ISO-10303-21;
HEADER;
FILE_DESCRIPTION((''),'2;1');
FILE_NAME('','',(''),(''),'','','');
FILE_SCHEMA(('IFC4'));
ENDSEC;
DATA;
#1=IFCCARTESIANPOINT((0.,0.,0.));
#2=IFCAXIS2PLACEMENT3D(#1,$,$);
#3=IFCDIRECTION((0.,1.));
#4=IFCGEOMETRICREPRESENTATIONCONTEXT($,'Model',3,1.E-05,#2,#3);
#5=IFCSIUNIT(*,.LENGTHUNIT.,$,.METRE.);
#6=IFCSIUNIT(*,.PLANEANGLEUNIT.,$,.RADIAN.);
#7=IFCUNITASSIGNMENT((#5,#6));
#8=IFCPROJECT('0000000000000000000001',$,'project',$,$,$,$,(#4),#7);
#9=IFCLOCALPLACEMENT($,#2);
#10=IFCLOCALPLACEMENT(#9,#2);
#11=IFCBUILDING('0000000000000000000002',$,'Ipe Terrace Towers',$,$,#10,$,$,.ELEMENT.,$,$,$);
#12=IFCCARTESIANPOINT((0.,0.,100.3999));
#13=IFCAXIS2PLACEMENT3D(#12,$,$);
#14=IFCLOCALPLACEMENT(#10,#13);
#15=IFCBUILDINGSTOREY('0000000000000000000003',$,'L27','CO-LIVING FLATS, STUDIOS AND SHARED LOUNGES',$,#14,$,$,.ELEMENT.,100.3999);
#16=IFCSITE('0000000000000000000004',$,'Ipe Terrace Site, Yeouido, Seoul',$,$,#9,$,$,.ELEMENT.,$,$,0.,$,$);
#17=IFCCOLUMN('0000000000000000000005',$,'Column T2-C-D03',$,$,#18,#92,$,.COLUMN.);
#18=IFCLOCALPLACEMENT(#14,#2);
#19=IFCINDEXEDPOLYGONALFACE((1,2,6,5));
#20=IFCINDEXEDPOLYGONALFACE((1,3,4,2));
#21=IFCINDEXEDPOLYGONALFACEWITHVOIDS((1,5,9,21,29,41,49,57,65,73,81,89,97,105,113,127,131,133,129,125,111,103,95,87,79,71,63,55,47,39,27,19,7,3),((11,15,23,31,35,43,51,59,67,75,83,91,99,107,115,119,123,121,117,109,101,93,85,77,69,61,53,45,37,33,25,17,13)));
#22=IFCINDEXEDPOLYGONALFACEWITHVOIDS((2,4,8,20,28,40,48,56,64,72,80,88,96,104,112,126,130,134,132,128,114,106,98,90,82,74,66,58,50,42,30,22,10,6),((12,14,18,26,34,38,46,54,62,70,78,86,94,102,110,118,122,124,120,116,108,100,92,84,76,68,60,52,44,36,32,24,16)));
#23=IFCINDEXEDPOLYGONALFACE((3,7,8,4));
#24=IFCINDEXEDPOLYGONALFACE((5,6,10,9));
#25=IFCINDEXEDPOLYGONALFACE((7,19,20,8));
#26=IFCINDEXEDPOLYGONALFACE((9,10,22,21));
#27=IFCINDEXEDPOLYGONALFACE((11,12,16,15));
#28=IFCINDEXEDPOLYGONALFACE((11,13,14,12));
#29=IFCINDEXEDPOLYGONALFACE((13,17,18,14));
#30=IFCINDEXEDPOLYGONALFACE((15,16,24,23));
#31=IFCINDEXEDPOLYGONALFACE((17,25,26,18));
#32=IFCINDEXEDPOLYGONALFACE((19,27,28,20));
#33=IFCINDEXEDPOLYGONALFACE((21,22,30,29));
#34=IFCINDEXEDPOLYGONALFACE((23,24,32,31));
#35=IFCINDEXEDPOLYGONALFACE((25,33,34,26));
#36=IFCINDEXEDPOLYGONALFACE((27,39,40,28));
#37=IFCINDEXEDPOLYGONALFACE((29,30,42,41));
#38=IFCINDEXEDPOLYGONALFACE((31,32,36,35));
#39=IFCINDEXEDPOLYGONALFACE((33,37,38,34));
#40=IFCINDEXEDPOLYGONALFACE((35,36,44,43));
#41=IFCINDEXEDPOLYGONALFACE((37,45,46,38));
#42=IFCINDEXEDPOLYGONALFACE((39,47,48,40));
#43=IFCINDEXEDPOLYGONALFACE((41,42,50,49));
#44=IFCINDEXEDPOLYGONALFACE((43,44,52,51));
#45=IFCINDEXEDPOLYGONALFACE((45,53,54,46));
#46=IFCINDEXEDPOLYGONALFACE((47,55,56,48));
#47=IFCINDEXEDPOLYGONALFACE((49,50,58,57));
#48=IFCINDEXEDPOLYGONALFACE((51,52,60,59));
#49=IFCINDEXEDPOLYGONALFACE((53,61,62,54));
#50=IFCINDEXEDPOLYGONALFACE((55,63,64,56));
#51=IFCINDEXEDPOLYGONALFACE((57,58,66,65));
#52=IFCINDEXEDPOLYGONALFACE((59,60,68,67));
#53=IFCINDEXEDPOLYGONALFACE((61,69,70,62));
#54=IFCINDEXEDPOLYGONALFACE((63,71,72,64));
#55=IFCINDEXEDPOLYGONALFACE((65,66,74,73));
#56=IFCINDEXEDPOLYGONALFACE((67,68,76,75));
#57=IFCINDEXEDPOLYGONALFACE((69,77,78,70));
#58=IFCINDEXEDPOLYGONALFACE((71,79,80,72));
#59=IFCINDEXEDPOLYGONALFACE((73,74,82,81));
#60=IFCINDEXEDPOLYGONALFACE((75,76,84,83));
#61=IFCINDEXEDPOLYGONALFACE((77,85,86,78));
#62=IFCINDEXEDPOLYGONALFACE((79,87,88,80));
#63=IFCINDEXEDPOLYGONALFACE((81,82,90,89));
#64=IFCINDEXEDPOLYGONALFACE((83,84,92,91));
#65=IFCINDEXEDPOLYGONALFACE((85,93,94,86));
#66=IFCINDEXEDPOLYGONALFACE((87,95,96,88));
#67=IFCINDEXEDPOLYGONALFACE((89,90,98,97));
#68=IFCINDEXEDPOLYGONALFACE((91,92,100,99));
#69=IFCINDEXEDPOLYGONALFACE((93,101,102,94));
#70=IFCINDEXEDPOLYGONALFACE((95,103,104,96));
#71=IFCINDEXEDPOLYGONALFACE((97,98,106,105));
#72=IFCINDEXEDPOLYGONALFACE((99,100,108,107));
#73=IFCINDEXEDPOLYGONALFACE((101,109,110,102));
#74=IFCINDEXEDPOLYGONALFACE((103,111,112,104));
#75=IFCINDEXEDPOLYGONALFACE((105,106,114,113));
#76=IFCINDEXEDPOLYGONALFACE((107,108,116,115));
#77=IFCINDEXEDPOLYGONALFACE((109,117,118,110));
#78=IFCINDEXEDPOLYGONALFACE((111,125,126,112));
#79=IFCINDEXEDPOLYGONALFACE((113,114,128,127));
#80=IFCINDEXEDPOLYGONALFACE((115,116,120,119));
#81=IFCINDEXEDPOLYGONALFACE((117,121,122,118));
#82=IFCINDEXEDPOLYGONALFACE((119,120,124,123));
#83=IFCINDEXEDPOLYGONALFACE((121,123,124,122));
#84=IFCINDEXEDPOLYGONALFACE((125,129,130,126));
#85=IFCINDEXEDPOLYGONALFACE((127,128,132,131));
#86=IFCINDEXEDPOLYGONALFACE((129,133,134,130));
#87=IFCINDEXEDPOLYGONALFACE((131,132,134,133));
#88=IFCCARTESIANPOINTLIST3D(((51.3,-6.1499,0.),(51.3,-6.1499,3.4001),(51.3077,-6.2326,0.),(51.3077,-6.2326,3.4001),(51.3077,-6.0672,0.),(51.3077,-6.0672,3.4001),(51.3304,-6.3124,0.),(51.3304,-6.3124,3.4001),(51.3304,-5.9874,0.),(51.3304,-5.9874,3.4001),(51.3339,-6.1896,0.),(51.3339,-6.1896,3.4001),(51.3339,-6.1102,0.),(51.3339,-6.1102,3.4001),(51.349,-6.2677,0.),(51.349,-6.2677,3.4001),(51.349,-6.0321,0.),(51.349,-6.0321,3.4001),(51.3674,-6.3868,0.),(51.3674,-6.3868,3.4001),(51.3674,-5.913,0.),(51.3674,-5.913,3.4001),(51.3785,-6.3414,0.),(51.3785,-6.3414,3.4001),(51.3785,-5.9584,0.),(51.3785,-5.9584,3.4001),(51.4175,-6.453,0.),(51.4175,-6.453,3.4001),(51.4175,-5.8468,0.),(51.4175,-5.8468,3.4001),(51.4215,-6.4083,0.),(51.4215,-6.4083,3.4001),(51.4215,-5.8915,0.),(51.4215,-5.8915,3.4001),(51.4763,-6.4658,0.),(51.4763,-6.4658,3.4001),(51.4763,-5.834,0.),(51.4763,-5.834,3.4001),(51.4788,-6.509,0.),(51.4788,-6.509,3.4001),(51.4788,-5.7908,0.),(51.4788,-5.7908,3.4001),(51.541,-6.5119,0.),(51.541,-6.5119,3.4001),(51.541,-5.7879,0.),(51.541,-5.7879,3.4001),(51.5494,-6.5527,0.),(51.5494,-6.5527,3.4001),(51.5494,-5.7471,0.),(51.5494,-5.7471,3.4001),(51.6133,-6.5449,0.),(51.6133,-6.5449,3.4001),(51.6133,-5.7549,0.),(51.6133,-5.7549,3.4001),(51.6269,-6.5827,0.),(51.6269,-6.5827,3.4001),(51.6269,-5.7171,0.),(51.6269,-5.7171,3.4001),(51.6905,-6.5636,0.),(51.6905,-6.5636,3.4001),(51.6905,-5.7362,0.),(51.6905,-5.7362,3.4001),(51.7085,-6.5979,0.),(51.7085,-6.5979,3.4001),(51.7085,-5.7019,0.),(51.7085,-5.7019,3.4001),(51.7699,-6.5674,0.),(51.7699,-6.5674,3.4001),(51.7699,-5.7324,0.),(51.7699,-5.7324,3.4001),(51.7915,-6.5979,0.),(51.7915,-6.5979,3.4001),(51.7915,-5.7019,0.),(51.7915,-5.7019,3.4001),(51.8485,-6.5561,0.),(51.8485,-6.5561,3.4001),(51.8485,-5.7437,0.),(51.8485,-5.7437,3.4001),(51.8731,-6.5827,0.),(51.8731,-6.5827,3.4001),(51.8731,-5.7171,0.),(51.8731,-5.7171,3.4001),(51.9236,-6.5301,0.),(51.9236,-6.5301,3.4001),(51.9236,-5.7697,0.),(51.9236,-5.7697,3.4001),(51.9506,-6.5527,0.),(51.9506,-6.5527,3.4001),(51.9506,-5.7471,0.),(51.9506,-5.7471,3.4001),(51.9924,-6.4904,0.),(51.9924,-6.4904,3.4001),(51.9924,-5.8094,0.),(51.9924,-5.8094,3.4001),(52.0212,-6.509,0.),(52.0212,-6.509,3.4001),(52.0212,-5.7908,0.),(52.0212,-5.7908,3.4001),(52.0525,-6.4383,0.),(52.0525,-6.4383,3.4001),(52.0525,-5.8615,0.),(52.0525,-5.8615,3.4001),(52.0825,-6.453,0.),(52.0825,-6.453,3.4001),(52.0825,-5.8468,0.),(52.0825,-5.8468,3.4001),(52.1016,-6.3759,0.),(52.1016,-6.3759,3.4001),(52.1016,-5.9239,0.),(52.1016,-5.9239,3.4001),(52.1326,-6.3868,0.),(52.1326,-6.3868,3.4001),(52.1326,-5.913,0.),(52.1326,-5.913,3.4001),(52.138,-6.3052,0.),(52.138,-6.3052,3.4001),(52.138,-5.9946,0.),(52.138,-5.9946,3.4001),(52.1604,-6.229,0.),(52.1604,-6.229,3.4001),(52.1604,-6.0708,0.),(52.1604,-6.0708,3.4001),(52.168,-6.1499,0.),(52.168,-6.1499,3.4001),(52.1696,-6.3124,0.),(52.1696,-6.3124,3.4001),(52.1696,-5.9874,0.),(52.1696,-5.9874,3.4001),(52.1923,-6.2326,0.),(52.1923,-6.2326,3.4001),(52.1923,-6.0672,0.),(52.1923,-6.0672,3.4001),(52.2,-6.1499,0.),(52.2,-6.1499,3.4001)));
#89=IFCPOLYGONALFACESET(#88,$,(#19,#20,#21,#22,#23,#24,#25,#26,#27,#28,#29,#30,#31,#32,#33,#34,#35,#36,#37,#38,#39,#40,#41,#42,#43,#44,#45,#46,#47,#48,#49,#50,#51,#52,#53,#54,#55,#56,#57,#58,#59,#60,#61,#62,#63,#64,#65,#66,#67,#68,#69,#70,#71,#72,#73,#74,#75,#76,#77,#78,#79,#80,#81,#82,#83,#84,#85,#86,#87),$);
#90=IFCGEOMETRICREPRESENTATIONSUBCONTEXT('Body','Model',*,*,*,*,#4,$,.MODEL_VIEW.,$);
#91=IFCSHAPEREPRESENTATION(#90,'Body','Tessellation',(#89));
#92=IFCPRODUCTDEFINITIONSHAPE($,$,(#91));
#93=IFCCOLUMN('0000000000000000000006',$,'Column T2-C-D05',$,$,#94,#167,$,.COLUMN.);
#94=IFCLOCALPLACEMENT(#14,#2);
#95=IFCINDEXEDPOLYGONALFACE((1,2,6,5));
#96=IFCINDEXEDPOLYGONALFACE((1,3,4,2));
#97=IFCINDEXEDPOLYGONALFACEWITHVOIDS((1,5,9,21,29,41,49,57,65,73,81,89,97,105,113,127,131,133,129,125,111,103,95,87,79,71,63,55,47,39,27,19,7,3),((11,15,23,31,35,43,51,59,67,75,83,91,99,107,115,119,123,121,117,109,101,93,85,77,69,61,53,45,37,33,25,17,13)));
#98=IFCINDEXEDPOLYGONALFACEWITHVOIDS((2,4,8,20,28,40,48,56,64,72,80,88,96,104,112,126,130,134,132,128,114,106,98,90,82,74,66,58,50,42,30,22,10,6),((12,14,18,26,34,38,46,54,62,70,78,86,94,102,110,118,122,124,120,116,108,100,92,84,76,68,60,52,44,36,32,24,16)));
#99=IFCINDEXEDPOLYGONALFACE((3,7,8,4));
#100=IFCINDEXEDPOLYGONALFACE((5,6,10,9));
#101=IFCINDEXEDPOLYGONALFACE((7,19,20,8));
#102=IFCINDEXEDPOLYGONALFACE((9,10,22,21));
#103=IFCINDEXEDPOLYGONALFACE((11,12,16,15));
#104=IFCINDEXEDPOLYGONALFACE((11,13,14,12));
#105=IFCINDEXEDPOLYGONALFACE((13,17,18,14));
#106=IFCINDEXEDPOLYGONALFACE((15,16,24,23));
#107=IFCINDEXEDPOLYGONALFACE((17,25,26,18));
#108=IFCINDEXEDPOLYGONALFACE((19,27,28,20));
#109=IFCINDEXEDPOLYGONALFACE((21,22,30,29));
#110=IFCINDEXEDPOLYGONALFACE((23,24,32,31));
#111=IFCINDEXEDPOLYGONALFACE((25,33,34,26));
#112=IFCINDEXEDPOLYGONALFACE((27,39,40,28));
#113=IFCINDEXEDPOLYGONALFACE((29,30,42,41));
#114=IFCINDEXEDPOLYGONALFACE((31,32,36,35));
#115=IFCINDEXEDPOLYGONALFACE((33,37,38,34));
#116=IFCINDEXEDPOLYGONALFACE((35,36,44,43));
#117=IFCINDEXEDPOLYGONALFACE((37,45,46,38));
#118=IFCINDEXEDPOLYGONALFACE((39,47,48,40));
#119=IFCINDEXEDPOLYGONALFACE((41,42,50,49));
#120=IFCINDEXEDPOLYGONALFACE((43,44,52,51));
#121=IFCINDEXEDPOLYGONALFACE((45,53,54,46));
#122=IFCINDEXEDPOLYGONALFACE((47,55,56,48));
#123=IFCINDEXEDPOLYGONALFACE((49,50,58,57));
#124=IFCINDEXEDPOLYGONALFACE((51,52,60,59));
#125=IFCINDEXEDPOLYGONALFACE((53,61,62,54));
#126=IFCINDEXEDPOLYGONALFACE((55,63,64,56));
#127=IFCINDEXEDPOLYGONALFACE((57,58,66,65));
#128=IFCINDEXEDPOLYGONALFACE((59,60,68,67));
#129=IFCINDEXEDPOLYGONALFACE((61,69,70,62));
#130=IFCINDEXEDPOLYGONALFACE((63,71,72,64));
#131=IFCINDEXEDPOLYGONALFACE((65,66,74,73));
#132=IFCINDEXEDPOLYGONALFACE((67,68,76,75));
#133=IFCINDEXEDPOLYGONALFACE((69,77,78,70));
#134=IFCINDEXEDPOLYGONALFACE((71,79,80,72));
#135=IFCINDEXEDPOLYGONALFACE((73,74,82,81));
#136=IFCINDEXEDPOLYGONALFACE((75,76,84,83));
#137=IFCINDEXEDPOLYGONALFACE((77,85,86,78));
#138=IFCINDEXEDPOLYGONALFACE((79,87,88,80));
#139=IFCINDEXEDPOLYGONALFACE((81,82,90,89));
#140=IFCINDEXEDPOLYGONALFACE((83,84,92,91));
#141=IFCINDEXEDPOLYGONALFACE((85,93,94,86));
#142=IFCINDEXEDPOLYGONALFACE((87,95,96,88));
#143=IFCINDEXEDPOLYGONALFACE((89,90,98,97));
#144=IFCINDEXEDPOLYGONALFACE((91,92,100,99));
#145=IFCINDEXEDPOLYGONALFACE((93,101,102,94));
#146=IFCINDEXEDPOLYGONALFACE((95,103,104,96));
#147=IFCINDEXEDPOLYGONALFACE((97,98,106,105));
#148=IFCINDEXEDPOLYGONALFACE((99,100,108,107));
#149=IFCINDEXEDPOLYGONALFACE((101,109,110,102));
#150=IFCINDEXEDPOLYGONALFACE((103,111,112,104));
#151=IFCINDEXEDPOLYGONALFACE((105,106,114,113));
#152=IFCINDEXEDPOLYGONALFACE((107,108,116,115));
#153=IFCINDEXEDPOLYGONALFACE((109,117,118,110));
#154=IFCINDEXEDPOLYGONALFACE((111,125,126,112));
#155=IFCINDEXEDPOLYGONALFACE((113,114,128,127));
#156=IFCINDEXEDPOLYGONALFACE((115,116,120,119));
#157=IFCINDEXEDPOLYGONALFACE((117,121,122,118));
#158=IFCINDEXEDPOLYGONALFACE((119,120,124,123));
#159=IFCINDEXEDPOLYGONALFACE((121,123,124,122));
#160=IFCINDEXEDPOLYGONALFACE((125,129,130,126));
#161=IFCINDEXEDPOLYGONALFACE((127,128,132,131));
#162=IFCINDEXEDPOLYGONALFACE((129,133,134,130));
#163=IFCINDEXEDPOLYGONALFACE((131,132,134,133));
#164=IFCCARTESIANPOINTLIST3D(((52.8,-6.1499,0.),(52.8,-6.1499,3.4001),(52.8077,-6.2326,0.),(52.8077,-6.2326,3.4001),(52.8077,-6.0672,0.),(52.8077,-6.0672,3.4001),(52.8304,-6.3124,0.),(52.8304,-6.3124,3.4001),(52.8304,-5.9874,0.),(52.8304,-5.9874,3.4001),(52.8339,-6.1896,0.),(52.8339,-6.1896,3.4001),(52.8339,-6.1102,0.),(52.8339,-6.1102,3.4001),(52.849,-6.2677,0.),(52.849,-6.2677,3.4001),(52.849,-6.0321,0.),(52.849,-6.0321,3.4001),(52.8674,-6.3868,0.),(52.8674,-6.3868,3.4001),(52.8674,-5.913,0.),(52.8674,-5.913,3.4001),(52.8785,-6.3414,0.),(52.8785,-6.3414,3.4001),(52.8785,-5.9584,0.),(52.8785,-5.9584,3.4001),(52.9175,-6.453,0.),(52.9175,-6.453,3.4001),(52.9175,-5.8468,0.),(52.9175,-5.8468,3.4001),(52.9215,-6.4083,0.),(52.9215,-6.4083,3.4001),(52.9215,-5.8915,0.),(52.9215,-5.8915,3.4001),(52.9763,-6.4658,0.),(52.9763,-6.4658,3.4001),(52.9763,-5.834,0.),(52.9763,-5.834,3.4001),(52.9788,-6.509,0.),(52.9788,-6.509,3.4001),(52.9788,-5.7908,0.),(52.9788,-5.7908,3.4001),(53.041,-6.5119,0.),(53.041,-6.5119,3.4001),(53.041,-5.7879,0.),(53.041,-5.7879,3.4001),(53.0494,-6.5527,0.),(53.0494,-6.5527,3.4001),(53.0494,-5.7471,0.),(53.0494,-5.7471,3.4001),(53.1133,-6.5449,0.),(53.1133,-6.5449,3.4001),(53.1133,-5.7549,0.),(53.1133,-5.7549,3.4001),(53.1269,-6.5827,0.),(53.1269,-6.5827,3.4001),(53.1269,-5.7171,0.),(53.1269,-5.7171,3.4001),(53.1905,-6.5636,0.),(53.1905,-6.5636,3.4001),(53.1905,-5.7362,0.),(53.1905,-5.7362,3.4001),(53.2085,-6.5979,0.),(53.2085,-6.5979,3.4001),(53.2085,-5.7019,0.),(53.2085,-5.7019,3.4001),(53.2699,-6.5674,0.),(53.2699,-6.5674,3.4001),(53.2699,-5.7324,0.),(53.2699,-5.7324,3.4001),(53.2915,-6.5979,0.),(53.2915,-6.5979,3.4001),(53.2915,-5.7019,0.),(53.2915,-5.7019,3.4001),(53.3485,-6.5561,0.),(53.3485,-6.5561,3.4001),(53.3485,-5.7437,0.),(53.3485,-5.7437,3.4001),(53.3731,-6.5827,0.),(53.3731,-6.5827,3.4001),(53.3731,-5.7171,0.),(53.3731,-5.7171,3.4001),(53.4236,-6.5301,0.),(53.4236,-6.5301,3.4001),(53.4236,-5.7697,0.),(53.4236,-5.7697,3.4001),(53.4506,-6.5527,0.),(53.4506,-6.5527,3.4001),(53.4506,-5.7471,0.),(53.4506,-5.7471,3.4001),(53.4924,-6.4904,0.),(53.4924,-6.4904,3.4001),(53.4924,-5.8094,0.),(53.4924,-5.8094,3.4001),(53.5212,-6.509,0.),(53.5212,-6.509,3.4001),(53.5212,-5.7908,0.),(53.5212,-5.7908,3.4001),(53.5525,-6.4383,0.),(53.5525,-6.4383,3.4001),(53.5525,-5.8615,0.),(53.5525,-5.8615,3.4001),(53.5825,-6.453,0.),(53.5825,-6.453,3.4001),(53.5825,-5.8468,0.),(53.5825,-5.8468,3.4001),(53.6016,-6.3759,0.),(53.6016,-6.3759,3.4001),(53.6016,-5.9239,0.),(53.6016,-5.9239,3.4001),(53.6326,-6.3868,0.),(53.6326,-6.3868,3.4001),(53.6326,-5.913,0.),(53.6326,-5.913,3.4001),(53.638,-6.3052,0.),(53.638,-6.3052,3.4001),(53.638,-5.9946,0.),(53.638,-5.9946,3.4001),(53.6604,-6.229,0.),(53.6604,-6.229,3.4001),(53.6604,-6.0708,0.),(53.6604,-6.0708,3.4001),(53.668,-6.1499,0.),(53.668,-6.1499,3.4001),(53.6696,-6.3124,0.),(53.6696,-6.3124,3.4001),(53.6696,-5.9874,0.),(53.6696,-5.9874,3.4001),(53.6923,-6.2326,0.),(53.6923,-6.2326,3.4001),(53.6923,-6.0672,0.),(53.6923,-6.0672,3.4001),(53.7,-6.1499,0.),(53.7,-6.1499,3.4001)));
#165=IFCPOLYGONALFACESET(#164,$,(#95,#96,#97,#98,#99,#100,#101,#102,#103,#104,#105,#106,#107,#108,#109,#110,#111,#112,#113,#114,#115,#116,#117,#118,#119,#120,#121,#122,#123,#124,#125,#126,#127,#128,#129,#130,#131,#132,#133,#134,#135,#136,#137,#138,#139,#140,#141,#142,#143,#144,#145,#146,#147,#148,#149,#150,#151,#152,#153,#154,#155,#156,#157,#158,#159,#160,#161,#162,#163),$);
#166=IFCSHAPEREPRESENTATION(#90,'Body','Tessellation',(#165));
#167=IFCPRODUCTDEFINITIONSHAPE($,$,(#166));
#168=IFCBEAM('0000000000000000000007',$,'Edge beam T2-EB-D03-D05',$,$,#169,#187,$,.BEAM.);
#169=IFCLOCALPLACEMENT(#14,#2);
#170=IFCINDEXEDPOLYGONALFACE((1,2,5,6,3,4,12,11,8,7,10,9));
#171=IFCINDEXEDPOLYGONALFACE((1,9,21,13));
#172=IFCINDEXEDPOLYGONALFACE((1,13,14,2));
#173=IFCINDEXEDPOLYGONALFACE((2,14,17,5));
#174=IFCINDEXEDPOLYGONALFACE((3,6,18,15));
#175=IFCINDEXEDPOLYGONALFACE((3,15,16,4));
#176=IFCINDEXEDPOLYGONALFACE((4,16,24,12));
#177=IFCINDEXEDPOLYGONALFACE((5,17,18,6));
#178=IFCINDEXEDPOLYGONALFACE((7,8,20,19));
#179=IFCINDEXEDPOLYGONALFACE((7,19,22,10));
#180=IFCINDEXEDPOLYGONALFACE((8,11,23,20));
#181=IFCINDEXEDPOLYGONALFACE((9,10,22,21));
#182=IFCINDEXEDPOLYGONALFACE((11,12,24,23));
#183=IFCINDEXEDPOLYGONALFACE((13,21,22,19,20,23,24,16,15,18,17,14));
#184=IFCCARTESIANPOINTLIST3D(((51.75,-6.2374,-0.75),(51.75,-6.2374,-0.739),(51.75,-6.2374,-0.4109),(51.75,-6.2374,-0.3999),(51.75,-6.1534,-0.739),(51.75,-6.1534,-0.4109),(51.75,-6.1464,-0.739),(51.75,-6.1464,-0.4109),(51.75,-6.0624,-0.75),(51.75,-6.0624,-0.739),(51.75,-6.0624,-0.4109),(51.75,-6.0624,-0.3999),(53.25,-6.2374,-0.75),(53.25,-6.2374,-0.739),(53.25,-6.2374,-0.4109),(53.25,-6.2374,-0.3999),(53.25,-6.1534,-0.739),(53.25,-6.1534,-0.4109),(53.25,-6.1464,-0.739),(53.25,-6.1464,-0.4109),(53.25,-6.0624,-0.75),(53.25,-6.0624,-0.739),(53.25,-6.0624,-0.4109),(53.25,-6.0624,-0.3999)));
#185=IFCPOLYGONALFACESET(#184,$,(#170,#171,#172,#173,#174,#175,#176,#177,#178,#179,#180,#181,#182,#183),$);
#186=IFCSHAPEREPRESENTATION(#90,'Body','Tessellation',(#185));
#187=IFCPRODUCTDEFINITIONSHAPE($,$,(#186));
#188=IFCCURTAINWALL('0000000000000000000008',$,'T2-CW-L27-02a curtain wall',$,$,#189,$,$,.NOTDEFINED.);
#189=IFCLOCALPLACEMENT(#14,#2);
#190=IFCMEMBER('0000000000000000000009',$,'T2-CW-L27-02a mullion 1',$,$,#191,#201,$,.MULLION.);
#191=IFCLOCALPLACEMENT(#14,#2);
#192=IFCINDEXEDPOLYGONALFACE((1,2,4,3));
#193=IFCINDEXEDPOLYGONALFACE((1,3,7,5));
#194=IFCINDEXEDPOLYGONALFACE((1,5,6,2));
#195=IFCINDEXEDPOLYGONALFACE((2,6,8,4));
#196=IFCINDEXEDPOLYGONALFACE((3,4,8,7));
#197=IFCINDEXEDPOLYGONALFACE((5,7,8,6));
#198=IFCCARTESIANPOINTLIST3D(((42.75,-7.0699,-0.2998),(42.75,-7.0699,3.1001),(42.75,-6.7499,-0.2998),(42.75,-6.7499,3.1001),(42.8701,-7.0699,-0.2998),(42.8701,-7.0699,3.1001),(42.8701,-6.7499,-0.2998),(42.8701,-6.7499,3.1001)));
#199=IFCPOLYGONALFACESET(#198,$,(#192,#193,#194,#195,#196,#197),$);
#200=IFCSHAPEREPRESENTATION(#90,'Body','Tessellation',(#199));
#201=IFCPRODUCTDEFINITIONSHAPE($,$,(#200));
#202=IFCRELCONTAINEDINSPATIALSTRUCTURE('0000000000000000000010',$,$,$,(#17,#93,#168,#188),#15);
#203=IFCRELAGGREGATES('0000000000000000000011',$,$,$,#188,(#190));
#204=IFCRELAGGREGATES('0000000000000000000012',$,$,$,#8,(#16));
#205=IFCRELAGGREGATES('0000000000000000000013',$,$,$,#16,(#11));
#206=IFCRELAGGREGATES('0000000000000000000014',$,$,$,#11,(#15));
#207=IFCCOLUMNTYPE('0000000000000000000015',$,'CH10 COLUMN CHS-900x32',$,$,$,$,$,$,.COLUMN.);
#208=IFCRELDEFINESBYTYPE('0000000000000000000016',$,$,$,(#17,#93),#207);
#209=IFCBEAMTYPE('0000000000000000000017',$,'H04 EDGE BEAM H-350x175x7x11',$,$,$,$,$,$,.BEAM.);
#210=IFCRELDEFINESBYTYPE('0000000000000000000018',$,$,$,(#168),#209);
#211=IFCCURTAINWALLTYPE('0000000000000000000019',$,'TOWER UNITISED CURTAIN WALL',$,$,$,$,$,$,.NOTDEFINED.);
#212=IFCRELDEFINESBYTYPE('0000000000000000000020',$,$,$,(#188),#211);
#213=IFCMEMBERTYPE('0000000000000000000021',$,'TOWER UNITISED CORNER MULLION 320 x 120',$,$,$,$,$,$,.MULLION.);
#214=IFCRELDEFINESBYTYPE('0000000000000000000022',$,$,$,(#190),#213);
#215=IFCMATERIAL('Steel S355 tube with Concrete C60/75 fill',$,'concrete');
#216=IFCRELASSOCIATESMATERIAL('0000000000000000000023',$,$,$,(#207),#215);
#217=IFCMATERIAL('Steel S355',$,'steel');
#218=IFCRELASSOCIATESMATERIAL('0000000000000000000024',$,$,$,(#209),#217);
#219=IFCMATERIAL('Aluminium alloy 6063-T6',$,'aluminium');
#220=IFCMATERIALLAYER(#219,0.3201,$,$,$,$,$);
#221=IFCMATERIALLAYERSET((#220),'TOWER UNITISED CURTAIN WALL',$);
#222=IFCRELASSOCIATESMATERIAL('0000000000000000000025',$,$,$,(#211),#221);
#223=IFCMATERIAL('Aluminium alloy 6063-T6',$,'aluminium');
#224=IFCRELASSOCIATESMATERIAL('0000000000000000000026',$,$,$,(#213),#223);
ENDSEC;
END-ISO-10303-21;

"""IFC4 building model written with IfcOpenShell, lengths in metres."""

from ifc_helpers import new_model, si_unit, direction, frame, origin, origin_2d, place, context, subcontext, project, spatial, rectangle, hollow_circle, i_section, extrude, material, layer, layer_set, material_profile, profile_set, type_object, element, aggregate, save


model = new_model("IFC4")

# Units and contexts
model_context = context("Model", 3, precision=1e-05, world=origin(), true_north=direction((0.0, 1.0)))
body_context = subcontext(model_context, "Body", "Model", "MODEL_VIEW")
ifc_project = project(units=[si_unit("LENGTHUNIT", "METRE"), si_unit("PLANEANGLEUNIT", "RADIAN")], contexts=[model_context])

# Site, building, storey
site_placement = place(None, origin())
site = spatial("IfcSite", under=ifc_project, at=site_placement, Name="Ipe Terrace Site, Yeouido, Seoul", CompositionType="ELEMENT", RefElevation=0.0)
building_placement = place(site_placement, origin())
building = spatial("IfcBuilding", under=site, at=building_placement, Name="Ipe Terrace Towers", CompositionType="ELEMENT")
storey_placement = place(building_placement, frame((0.0, 0.0, 100.3999)))
storey = spatial("IfcBuildingStorey", under=building, at=storey_placement, Name="L27", Description="CO-LIVING FLATS, STUDIOS AND SHARED LOUNGES", CompositionType="ELEMENT", Elevation=100.3999)

# Columns
ifc_material_1 = material(Name="Steel S355 tube with Concrete C60/75 fill", Category="concrete")
ifc_material_profile_1 = material_profile(ifc_material_1, hollow_circle(Radius=0.45, WallThickness=0.032, at=origin_2d()), Name="CHS-900x32")
ifc_profile_set_1 = profile_set([ifc_material_profile_1], Name="Steel S355 tube with Concrete C60/75 fill")
column_type = type_object("IfcColumnType", Name="CH10 COLUMN CHS-900x32", PredefinedType="COLUMN", material=ifc_profile_set_1)
for number, where, z_axis, x_axis, name in (
    (1, (51.75, -6.1499, 0.0), (0.0, 0.0, 1.0), (1.0, 0.0, 0.0), "Column T2-C-D03"),
    (2, (53.25, -6.1499, 0.0), (0.0, 0.0, 1.0), (1.0, 0.0, 0.0), "Column T2-C-D05"),
):
    element("IfcColumn", number, at=place(storey_placement, frame(where, z_axis=z_axis, x_axis=x_axis)), inside=storey, type_object=column_type, Name=name, PredefinedType="COLUMN", context=body_context, shape_type="SweptSolid", body=[
        extrude(hollow_circle(Radius=0.45, WallThickness=0.032, at=origin_2d()), origin(), (0.0, 0.0, 1.0), 3.4001),
    ])

# Beam
ifc_material_2 = material(Name="Steel S355", Category="steel")
ifc_material_profile_2 = material_profile(ifc_material_2, i_section(OverallWidth=0.175, OverallDepth=0.3501, WebThickness=0.0071, FlangeThickness=0.011, at=origin_2d()), Name="H-350x175x7x11")
ifc_profile_set_2 = profile_set([ifc_material_profile_2], Name="Steel S355")
beam_type = type_object("IfcBeamType", Name="H04 EDGE BEAM H-350x175x7x11", PredefinedType="BEAM", material=ifc_profile_set_2)
beam_placement = place(storey_placement, frame((51.75, -6.1499, -0.575), z_axis=(1.0, 0.0, 0.0), x_axis=(0.0, 1.0, 0.0)))
element("IfcBeam", 3, at=beam_placement, inside=storey, type_object=beam_type, Name="Edge beam T2-EB-D03-D05", PredefinedType="BEAM", context=body_context, shape_type="SweptSolid", body=[
    extrude(i_section(OverallWidth=0.175, OverallDepth=0.3501, WebThickness=0.0071, FlangeThickness=0.011, at=origin_2d()), origin(), (0.0, 0.0, 1.0), 1.5),
])

# Curtain wall, member
ifc_material_3 = material(Name="Aluminium alloy 6063-T6", Category="aluminium")
ifc_layer_1 = layer(ifc_material_3, 0.3201)
ifc_layer_set_1 = layer_set([ifc_layer_1], Name="TOWER UNITISED CURTAIN WALL")
curtain_wall_type = type_object("IfcCurtainWallType", Name="TOWER UNITISED CURTAIN WALL", PredefinedType="NOTDEFINED", material=ifc_layer_set_1)
curtain_wall_1_placement = place(storey_placement, origin())
curtain_wall_1 = element("IfcCurtainWall", 4, at=curtain_wall_1_placement, inside=storey, type_object=curtain_wall_type, Name="T2-CW-L27-02a curtain wall", PredefinedType="NOTDEFINED")
ifc_material_4 = material(Name="Aluminium alloy 6063-T6", Category="aluminium")
ifc_material_profile_3 = material_profile(ifc_material_4, rectangle(XDim=0.3201, YDim=0.1201, at=origin_2d()), Name="TOWER UNITISED CORNER MULLION 320 x 120")
ifc_profile_set_3 = profile_set([ifc_material_profile_3], Name="Aluminium alloy 6063-T6")
member_type_1 = type_object("IfcMemberType", Name="TOWER UNITISED CORNER MULLION 320 x 120", PredefinedType="MULLION", material=ifc_profile_set_3)
member_1_placement = place(storey_placement, frame((42.8101, -6.9099, -0.2998), z_axis=(0.0, 0.0, 1.0), x_axis=(0.0, -1.0, 0.0)))
member_1 = element("IfcMember", 5, at=member_1_placement, type_object=member_type_1, Name="T2-CW-L27-02a mullion 1", PredefinedType="MULLION", context=body_context, shape_type="SweptSolid", body=[
    extrude(rectangle(XDim=0.3201, YDim=0.1201, at=origin_2d()), origin(), (0.0, 0.0, 1.0), 3.3999),
])

aggregate(curtain_wall_1, [member_1])

save(model, "model.ifc")
